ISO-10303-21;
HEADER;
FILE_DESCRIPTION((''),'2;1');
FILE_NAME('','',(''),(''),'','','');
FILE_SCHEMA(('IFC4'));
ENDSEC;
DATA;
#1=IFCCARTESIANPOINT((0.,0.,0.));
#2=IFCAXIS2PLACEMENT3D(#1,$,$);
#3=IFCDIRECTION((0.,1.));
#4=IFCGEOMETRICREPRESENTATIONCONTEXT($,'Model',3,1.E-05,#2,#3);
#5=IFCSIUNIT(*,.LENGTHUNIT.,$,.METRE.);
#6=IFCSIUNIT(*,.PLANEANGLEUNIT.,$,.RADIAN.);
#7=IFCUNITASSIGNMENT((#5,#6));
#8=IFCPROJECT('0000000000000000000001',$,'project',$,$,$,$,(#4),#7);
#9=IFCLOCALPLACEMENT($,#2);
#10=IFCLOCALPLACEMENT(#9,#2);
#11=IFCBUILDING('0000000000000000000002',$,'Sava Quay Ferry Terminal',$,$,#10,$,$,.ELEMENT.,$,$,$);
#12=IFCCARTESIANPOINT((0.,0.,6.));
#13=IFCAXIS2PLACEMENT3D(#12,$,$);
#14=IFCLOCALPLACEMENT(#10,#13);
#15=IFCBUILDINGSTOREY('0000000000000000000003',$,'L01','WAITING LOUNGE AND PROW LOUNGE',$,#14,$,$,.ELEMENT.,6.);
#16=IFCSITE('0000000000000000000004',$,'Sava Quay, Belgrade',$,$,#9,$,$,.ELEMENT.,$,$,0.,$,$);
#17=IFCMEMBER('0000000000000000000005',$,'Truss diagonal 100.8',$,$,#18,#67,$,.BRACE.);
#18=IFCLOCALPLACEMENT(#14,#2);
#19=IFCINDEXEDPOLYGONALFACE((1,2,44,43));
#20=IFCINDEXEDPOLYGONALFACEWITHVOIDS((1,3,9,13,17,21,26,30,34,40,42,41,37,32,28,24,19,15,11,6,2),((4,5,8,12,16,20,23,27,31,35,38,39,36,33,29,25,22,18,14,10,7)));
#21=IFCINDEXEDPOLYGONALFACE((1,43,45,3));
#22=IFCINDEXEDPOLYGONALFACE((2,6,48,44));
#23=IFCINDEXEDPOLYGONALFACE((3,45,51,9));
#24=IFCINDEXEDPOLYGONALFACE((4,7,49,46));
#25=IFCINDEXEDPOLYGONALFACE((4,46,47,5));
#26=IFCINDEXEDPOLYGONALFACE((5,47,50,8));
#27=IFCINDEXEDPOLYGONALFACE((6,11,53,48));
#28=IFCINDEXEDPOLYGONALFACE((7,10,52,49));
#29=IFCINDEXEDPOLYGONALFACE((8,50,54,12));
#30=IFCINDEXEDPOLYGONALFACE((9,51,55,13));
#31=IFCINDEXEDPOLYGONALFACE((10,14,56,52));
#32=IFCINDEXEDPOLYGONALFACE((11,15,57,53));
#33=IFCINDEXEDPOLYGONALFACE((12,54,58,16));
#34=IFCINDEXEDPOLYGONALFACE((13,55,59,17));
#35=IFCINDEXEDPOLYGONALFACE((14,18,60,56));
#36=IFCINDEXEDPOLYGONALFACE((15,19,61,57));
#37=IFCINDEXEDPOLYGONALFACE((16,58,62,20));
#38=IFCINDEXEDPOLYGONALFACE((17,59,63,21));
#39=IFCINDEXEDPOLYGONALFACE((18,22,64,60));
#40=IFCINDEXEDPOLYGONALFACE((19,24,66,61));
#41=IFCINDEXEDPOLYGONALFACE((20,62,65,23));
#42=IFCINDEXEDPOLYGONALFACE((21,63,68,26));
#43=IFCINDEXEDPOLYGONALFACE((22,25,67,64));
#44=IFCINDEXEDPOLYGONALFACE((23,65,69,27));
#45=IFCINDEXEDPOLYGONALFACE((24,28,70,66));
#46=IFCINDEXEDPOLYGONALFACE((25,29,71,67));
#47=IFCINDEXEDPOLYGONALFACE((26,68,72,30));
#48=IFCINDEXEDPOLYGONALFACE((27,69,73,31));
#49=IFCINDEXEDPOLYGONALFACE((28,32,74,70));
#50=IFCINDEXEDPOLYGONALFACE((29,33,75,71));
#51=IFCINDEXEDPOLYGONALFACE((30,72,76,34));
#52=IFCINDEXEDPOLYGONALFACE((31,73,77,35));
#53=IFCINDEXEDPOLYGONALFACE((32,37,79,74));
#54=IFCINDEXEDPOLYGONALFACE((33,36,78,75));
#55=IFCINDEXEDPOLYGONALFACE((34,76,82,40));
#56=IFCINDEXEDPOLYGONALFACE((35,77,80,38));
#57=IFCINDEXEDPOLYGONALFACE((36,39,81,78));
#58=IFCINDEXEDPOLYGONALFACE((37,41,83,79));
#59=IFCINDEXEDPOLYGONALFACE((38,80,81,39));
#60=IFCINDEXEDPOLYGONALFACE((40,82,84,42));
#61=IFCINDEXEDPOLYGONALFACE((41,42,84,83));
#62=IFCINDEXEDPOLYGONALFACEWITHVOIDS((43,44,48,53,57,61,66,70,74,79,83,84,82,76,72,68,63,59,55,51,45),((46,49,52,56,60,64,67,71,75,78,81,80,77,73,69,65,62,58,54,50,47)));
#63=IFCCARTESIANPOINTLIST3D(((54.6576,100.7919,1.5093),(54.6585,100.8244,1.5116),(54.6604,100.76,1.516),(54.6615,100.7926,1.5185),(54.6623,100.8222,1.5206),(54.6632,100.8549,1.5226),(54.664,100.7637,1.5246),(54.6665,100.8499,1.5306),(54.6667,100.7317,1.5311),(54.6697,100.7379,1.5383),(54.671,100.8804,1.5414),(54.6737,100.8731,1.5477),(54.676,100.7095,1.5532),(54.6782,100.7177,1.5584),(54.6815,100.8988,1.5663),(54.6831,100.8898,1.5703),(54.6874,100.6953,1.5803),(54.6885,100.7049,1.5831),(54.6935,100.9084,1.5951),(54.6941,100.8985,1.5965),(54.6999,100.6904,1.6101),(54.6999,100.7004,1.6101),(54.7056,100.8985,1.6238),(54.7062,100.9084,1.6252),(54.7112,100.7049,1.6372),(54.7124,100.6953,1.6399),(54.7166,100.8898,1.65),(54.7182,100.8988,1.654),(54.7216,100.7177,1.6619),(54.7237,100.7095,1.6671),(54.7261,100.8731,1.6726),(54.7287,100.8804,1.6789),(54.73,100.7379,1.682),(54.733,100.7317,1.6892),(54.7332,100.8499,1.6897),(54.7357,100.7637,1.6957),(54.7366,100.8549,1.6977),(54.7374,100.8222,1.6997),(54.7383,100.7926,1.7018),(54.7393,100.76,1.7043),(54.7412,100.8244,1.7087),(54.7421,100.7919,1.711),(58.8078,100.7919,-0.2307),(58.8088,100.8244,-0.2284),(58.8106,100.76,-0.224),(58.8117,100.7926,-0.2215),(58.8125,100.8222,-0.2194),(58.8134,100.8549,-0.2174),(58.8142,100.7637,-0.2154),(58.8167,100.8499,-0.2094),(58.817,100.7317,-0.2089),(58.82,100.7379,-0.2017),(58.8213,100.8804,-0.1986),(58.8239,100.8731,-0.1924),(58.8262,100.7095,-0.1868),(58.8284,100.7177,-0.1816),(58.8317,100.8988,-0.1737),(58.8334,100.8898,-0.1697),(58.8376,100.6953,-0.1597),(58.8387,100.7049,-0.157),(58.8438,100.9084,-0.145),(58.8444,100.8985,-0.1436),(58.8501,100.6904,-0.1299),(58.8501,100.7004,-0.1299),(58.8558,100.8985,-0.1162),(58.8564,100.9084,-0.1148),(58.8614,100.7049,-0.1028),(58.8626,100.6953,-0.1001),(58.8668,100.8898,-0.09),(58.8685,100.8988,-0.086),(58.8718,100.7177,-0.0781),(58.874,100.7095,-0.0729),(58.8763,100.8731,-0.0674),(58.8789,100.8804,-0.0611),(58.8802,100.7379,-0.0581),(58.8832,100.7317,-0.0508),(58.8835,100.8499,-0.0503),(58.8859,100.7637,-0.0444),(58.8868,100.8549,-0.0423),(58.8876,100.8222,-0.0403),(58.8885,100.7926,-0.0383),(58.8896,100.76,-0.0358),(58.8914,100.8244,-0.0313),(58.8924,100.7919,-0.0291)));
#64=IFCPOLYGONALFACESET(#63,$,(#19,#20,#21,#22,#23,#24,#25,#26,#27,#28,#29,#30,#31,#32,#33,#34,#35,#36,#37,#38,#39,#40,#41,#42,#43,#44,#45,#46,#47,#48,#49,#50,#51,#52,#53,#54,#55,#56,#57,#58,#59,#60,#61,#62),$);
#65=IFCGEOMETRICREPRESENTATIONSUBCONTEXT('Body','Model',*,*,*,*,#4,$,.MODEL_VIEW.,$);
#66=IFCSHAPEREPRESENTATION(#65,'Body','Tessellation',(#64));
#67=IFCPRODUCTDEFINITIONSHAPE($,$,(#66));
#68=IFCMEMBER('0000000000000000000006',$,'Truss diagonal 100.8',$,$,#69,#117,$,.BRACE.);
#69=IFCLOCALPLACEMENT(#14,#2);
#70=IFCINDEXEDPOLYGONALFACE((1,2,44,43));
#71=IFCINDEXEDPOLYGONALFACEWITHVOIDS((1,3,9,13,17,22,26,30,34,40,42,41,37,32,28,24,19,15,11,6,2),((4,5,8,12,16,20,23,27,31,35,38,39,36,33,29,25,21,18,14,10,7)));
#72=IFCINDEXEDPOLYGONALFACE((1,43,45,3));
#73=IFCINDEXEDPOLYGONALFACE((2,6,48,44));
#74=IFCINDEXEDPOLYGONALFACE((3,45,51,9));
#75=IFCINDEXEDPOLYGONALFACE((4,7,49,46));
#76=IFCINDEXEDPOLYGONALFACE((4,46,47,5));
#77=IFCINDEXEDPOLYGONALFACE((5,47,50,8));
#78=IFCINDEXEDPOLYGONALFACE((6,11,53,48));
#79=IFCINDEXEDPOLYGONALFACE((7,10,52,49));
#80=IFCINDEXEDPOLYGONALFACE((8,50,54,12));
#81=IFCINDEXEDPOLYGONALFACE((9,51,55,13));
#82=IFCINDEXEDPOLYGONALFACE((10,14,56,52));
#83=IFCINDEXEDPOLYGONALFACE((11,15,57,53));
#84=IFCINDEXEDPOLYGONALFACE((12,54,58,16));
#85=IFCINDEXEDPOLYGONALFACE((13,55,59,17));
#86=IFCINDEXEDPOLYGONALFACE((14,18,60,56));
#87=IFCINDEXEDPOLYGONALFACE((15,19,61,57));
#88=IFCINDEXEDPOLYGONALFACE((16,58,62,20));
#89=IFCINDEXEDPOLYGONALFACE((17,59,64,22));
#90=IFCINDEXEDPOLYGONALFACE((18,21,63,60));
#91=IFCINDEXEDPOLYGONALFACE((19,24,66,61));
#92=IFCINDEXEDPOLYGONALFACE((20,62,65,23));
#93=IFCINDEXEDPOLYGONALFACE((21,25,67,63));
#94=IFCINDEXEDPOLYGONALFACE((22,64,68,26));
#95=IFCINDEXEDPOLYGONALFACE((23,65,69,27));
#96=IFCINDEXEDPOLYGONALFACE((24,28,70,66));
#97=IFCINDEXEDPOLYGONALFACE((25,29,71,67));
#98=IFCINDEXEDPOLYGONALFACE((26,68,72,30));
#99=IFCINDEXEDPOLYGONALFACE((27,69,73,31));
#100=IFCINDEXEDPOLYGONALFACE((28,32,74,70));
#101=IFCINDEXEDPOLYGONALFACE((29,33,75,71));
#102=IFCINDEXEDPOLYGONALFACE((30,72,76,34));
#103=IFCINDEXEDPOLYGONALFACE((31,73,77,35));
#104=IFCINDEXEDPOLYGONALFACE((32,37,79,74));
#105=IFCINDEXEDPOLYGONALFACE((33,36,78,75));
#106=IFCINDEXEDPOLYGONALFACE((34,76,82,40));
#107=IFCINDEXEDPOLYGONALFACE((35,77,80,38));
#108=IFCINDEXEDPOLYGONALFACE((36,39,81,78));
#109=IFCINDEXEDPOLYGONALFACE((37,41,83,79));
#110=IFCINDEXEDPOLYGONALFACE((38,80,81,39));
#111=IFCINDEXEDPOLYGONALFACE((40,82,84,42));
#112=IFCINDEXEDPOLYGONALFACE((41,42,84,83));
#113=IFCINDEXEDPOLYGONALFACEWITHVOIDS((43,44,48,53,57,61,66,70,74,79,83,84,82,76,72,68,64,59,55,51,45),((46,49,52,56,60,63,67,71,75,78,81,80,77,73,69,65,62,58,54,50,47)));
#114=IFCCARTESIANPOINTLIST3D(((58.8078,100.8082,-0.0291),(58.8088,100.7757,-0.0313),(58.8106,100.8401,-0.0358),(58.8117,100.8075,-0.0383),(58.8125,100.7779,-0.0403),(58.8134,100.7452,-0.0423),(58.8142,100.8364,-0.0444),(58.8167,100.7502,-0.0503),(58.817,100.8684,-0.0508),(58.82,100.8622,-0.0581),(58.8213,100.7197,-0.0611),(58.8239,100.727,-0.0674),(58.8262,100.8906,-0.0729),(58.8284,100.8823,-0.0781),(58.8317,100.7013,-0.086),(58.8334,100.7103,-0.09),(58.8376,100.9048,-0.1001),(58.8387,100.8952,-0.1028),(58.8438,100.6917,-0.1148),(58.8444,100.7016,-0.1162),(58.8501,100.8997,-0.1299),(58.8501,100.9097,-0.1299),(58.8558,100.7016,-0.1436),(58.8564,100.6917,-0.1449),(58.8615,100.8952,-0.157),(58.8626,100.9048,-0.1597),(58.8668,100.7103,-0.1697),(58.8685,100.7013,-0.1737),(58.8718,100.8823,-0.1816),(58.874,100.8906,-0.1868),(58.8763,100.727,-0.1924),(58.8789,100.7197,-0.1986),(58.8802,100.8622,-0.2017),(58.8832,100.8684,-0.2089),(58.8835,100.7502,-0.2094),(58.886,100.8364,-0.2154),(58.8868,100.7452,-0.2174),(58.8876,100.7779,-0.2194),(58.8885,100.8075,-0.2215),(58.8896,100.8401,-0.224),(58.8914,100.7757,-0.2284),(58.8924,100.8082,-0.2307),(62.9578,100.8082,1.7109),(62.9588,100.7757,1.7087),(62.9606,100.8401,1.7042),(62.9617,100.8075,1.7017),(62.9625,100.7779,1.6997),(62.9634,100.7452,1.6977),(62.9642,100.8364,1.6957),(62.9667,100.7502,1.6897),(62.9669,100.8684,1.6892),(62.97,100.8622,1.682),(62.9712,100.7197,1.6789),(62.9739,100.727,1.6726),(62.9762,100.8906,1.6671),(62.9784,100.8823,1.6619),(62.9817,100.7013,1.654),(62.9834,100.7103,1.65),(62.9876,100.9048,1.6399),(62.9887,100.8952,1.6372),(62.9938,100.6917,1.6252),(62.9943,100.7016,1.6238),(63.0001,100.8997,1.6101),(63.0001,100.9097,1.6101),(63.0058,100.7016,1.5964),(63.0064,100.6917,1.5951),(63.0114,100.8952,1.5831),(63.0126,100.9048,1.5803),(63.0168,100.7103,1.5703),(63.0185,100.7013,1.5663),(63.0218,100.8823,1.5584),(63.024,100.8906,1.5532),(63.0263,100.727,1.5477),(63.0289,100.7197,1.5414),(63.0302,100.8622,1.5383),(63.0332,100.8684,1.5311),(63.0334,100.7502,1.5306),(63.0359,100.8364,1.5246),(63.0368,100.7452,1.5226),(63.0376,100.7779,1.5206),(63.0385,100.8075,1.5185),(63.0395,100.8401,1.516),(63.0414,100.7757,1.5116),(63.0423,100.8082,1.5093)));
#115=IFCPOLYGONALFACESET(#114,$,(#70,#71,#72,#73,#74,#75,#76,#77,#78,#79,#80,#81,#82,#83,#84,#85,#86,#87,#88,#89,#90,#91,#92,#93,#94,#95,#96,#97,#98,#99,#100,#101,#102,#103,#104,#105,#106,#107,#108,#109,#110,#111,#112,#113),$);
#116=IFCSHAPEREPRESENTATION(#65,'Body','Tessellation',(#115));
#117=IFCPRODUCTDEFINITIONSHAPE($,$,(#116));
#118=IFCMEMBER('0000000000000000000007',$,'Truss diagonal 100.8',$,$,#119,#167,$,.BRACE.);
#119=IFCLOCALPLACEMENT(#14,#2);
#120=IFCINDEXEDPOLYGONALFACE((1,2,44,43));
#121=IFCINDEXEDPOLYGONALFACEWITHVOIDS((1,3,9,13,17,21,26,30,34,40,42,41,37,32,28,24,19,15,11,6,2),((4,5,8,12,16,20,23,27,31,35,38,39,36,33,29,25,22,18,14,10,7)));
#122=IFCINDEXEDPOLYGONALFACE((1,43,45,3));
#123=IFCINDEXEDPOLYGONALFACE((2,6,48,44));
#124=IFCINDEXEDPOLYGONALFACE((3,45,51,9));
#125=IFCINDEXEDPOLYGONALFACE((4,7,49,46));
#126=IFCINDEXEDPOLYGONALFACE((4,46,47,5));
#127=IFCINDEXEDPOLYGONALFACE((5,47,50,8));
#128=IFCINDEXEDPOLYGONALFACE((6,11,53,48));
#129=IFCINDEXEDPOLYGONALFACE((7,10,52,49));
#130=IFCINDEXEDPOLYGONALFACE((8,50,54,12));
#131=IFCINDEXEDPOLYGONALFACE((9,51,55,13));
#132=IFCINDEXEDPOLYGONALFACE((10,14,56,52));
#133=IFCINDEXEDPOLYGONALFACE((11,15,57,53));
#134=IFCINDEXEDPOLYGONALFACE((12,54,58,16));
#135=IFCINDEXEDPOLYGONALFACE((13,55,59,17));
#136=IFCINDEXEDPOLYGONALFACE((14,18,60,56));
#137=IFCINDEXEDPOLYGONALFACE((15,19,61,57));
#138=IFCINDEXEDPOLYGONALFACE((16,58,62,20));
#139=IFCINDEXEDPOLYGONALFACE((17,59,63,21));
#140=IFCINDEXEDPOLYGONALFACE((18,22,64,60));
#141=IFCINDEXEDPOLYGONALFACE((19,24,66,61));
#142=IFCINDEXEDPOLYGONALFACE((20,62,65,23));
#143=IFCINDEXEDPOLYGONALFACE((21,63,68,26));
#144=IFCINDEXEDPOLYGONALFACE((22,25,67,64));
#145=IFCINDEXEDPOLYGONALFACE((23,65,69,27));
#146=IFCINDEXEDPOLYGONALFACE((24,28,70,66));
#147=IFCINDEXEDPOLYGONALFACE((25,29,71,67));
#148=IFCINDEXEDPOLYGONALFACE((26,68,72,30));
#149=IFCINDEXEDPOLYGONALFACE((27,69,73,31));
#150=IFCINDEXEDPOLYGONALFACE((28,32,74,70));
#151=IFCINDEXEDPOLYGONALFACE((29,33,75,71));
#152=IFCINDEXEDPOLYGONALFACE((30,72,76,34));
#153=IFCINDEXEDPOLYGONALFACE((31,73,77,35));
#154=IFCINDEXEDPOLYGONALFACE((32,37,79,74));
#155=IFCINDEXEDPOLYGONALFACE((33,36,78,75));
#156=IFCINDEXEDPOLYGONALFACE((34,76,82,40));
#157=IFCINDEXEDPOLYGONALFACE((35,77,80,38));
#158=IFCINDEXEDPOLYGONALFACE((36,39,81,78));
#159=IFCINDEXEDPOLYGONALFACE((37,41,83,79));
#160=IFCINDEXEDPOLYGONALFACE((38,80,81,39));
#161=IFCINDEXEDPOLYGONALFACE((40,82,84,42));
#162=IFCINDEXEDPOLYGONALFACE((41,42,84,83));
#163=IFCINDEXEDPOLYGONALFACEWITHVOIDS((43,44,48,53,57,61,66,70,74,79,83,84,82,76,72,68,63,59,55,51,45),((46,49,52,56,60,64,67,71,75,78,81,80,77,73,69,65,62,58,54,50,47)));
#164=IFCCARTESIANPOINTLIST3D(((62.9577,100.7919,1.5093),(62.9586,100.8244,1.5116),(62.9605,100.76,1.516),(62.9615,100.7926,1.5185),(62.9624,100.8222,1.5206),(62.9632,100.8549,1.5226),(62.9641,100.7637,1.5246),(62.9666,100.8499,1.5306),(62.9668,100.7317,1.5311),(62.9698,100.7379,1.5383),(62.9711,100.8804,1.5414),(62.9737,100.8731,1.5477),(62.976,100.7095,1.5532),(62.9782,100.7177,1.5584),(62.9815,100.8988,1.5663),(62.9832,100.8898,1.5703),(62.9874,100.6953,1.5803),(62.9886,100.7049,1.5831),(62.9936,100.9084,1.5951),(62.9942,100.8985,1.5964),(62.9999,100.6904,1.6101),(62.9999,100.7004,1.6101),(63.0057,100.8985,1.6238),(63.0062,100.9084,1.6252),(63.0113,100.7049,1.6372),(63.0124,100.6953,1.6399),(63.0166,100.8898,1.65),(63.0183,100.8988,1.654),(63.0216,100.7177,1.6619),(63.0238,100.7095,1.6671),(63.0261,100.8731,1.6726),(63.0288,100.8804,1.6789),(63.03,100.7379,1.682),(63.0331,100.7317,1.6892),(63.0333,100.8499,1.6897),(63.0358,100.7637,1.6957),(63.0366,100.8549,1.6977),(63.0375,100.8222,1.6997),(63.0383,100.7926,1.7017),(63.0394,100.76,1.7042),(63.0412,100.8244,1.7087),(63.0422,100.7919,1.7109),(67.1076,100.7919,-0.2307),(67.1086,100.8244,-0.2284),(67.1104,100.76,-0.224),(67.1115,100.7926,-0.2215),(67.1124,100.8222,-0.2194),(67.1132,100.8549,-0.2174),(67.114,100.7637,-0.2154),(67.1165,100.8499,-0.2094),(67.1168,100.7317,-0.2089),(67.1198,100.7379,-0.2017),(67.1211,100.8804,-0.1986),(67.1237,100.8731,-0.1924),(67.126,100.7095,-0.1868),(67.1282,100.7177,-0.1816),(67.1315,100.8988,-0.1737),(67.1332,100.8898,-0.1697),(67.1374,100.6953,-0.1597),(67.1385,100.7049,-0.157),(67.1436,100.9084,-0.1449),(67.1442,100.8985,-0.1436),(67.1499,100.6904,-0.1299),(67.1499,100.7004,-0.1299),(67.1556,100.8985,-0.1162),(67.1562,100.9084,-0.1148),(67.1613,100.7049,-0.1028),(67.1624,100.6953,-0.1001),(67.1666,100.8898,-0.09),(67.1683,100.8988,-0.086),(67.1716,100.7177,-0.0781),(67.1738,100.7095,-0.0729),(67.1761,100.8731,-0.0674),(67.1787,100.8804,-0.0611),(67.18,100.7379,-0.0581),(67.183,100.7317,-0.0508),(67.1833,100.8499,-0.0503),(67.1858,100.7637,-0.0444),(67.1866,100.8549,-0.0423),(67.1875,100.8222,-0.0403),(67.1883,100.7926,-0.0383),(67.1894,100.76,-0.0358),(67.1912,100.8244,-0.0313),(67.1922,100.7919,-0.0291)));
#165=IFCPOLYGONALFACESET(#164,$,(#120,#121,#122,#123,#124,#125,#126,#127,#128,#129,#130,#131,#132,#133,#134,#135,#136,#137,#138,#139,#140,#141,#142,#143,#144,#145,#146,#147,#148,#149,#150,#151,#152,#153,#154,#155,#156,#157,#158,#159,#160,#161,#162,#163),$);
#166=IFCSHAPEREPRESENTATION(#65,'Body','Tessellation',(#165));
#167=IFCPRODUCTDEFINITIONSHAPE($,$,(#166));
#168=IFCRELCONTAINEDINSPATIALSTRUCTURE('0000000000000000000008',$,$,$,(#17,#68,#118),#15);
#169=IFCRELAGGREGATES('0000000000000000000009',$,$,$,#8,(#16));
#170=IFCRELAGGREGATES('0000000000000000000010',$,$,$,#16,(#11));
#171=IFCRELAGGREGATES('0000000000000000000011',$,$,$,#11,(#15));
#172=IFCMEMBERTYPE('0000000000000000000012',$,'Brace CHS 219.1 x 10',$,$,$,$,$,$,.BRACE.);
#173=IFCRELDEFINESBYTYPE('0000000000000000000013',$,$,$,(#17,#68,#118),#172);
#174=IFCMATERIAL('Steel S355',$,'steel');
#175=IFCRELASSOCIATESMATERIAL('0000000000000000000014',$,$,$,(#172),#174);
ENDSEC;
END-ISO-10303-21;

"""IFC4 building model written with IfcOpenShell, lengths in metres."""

from ifc_helpers import new_model, si_unit, direction, frame, origin, origin_2d, place, context, subcontext, project, spatial, hollow_circle, extrude, material, material_profile, profile_set, type_object, element, save


model = new_model("IFC4")

# Units and contexts
model_context = context("Model", 3, precision=1e-05, world=origin(), true_north=direction((0.0, 1.0)))
body_context = subcontext(model_context, "Body", "Model", "MODEL_VIEW")
ifc_project = project(units=[si_unit("LENGTHUNIT", "METRE"), si_unit("PLANEANGLEUNIT", "RADIAN")], contexts=[model_context])

# Site, building, storey
site_placement = place(None, origin())
site = spatial("IfcSite", under=ifc_project, at=site_placement, Name="Sava Quay, Belgrade", CompositionType="ELEMENT", RefElevation=0.0)
building_placement = place(site_placement, origin())
building = spatial("IfcBuilding", under=site, at=building_placement, Name="Sava Quay Ferry Terminal", CompositionType="ELEMENT")
storey_placement = place(building_placement, frame((0.0, 0.0, 6.0)))
storey = spatial("IfcBuildingStorey", under=building, at=storey_placement, Name="L01", Description="WAITING LOUNGE AND PROW LOUNGE", CompositionType="ELEMENT", Elevation=6.0)

# Members
ifc_material_1 = material(Name="Steel S355", Category="steel")
ifc_material_profile_1 = material_profile(ifc_material_1, hollow_circle(Radius=0.1096, WallThickness=0.01, at=origin_2d()), Name="CHS 219.1 x 10")
ifc_profile_set_1 = profile_set([ifc_material_profile_1], Name="Steel S355")
member_type_1 = type_object("IfcMemberType", Name="Brace CHS 219.1 x 10", PredefinedType="BRACE", material=ifc_profile_set_1)
for number, where, z_axis, x_axis, name in (
    (1, (58.8501, 100.8, -0.1299), (-0.922226, 0.0, 0.386652), (0.0, -1.0, 0.0), "Truss diagonal 100.8"),
):
    element("IfcMember", number, at=place(storey_placement, frame(where, z_axis=z_axis, x_axis=x_axis)), inside=storey, type_object=member_type_1, Name=name, PredefinedType="BRACE", context=body_context, shape_type="SweptSolid", body=[
        extrude(hollow_circle(Radius=0.1096, WallThickness=0.01, at=origin_2d()), origin(), (0.0, 0.0, 1.0), 4.5002),
    ])
for number, where, z_axis, x_axis, name in (
    (2, (58.8501, 100.8, -0.1299), (0.922217, 0.0, 0.386672), (0.0, 1.0, 0.0), "Truss diagonal 100.8"),
    (3, (67.1499, 100.8, -0.1299), (-0.922217, 0.0, 0.386672), (0.0, -1.0, 0.0), "Truss diagonal 100.8"),
):
    element("IfcMember", number, at=place(storey_placement, frame(where, z_axis=z_axis, x_axis=x_axis)), inside=storey, type_object=member_type_1, Name=name, PredefinedType="BRACE", context=body_context, shape_type="SweptSolid", body=[
        extrude(hollow_circle(Radius=0.1096, WallThickness=0.01, at=origin_2d()), origin(), (0.0, 0.0, 1.0), 4.5),
    ])

save(model, "model.ifc")
